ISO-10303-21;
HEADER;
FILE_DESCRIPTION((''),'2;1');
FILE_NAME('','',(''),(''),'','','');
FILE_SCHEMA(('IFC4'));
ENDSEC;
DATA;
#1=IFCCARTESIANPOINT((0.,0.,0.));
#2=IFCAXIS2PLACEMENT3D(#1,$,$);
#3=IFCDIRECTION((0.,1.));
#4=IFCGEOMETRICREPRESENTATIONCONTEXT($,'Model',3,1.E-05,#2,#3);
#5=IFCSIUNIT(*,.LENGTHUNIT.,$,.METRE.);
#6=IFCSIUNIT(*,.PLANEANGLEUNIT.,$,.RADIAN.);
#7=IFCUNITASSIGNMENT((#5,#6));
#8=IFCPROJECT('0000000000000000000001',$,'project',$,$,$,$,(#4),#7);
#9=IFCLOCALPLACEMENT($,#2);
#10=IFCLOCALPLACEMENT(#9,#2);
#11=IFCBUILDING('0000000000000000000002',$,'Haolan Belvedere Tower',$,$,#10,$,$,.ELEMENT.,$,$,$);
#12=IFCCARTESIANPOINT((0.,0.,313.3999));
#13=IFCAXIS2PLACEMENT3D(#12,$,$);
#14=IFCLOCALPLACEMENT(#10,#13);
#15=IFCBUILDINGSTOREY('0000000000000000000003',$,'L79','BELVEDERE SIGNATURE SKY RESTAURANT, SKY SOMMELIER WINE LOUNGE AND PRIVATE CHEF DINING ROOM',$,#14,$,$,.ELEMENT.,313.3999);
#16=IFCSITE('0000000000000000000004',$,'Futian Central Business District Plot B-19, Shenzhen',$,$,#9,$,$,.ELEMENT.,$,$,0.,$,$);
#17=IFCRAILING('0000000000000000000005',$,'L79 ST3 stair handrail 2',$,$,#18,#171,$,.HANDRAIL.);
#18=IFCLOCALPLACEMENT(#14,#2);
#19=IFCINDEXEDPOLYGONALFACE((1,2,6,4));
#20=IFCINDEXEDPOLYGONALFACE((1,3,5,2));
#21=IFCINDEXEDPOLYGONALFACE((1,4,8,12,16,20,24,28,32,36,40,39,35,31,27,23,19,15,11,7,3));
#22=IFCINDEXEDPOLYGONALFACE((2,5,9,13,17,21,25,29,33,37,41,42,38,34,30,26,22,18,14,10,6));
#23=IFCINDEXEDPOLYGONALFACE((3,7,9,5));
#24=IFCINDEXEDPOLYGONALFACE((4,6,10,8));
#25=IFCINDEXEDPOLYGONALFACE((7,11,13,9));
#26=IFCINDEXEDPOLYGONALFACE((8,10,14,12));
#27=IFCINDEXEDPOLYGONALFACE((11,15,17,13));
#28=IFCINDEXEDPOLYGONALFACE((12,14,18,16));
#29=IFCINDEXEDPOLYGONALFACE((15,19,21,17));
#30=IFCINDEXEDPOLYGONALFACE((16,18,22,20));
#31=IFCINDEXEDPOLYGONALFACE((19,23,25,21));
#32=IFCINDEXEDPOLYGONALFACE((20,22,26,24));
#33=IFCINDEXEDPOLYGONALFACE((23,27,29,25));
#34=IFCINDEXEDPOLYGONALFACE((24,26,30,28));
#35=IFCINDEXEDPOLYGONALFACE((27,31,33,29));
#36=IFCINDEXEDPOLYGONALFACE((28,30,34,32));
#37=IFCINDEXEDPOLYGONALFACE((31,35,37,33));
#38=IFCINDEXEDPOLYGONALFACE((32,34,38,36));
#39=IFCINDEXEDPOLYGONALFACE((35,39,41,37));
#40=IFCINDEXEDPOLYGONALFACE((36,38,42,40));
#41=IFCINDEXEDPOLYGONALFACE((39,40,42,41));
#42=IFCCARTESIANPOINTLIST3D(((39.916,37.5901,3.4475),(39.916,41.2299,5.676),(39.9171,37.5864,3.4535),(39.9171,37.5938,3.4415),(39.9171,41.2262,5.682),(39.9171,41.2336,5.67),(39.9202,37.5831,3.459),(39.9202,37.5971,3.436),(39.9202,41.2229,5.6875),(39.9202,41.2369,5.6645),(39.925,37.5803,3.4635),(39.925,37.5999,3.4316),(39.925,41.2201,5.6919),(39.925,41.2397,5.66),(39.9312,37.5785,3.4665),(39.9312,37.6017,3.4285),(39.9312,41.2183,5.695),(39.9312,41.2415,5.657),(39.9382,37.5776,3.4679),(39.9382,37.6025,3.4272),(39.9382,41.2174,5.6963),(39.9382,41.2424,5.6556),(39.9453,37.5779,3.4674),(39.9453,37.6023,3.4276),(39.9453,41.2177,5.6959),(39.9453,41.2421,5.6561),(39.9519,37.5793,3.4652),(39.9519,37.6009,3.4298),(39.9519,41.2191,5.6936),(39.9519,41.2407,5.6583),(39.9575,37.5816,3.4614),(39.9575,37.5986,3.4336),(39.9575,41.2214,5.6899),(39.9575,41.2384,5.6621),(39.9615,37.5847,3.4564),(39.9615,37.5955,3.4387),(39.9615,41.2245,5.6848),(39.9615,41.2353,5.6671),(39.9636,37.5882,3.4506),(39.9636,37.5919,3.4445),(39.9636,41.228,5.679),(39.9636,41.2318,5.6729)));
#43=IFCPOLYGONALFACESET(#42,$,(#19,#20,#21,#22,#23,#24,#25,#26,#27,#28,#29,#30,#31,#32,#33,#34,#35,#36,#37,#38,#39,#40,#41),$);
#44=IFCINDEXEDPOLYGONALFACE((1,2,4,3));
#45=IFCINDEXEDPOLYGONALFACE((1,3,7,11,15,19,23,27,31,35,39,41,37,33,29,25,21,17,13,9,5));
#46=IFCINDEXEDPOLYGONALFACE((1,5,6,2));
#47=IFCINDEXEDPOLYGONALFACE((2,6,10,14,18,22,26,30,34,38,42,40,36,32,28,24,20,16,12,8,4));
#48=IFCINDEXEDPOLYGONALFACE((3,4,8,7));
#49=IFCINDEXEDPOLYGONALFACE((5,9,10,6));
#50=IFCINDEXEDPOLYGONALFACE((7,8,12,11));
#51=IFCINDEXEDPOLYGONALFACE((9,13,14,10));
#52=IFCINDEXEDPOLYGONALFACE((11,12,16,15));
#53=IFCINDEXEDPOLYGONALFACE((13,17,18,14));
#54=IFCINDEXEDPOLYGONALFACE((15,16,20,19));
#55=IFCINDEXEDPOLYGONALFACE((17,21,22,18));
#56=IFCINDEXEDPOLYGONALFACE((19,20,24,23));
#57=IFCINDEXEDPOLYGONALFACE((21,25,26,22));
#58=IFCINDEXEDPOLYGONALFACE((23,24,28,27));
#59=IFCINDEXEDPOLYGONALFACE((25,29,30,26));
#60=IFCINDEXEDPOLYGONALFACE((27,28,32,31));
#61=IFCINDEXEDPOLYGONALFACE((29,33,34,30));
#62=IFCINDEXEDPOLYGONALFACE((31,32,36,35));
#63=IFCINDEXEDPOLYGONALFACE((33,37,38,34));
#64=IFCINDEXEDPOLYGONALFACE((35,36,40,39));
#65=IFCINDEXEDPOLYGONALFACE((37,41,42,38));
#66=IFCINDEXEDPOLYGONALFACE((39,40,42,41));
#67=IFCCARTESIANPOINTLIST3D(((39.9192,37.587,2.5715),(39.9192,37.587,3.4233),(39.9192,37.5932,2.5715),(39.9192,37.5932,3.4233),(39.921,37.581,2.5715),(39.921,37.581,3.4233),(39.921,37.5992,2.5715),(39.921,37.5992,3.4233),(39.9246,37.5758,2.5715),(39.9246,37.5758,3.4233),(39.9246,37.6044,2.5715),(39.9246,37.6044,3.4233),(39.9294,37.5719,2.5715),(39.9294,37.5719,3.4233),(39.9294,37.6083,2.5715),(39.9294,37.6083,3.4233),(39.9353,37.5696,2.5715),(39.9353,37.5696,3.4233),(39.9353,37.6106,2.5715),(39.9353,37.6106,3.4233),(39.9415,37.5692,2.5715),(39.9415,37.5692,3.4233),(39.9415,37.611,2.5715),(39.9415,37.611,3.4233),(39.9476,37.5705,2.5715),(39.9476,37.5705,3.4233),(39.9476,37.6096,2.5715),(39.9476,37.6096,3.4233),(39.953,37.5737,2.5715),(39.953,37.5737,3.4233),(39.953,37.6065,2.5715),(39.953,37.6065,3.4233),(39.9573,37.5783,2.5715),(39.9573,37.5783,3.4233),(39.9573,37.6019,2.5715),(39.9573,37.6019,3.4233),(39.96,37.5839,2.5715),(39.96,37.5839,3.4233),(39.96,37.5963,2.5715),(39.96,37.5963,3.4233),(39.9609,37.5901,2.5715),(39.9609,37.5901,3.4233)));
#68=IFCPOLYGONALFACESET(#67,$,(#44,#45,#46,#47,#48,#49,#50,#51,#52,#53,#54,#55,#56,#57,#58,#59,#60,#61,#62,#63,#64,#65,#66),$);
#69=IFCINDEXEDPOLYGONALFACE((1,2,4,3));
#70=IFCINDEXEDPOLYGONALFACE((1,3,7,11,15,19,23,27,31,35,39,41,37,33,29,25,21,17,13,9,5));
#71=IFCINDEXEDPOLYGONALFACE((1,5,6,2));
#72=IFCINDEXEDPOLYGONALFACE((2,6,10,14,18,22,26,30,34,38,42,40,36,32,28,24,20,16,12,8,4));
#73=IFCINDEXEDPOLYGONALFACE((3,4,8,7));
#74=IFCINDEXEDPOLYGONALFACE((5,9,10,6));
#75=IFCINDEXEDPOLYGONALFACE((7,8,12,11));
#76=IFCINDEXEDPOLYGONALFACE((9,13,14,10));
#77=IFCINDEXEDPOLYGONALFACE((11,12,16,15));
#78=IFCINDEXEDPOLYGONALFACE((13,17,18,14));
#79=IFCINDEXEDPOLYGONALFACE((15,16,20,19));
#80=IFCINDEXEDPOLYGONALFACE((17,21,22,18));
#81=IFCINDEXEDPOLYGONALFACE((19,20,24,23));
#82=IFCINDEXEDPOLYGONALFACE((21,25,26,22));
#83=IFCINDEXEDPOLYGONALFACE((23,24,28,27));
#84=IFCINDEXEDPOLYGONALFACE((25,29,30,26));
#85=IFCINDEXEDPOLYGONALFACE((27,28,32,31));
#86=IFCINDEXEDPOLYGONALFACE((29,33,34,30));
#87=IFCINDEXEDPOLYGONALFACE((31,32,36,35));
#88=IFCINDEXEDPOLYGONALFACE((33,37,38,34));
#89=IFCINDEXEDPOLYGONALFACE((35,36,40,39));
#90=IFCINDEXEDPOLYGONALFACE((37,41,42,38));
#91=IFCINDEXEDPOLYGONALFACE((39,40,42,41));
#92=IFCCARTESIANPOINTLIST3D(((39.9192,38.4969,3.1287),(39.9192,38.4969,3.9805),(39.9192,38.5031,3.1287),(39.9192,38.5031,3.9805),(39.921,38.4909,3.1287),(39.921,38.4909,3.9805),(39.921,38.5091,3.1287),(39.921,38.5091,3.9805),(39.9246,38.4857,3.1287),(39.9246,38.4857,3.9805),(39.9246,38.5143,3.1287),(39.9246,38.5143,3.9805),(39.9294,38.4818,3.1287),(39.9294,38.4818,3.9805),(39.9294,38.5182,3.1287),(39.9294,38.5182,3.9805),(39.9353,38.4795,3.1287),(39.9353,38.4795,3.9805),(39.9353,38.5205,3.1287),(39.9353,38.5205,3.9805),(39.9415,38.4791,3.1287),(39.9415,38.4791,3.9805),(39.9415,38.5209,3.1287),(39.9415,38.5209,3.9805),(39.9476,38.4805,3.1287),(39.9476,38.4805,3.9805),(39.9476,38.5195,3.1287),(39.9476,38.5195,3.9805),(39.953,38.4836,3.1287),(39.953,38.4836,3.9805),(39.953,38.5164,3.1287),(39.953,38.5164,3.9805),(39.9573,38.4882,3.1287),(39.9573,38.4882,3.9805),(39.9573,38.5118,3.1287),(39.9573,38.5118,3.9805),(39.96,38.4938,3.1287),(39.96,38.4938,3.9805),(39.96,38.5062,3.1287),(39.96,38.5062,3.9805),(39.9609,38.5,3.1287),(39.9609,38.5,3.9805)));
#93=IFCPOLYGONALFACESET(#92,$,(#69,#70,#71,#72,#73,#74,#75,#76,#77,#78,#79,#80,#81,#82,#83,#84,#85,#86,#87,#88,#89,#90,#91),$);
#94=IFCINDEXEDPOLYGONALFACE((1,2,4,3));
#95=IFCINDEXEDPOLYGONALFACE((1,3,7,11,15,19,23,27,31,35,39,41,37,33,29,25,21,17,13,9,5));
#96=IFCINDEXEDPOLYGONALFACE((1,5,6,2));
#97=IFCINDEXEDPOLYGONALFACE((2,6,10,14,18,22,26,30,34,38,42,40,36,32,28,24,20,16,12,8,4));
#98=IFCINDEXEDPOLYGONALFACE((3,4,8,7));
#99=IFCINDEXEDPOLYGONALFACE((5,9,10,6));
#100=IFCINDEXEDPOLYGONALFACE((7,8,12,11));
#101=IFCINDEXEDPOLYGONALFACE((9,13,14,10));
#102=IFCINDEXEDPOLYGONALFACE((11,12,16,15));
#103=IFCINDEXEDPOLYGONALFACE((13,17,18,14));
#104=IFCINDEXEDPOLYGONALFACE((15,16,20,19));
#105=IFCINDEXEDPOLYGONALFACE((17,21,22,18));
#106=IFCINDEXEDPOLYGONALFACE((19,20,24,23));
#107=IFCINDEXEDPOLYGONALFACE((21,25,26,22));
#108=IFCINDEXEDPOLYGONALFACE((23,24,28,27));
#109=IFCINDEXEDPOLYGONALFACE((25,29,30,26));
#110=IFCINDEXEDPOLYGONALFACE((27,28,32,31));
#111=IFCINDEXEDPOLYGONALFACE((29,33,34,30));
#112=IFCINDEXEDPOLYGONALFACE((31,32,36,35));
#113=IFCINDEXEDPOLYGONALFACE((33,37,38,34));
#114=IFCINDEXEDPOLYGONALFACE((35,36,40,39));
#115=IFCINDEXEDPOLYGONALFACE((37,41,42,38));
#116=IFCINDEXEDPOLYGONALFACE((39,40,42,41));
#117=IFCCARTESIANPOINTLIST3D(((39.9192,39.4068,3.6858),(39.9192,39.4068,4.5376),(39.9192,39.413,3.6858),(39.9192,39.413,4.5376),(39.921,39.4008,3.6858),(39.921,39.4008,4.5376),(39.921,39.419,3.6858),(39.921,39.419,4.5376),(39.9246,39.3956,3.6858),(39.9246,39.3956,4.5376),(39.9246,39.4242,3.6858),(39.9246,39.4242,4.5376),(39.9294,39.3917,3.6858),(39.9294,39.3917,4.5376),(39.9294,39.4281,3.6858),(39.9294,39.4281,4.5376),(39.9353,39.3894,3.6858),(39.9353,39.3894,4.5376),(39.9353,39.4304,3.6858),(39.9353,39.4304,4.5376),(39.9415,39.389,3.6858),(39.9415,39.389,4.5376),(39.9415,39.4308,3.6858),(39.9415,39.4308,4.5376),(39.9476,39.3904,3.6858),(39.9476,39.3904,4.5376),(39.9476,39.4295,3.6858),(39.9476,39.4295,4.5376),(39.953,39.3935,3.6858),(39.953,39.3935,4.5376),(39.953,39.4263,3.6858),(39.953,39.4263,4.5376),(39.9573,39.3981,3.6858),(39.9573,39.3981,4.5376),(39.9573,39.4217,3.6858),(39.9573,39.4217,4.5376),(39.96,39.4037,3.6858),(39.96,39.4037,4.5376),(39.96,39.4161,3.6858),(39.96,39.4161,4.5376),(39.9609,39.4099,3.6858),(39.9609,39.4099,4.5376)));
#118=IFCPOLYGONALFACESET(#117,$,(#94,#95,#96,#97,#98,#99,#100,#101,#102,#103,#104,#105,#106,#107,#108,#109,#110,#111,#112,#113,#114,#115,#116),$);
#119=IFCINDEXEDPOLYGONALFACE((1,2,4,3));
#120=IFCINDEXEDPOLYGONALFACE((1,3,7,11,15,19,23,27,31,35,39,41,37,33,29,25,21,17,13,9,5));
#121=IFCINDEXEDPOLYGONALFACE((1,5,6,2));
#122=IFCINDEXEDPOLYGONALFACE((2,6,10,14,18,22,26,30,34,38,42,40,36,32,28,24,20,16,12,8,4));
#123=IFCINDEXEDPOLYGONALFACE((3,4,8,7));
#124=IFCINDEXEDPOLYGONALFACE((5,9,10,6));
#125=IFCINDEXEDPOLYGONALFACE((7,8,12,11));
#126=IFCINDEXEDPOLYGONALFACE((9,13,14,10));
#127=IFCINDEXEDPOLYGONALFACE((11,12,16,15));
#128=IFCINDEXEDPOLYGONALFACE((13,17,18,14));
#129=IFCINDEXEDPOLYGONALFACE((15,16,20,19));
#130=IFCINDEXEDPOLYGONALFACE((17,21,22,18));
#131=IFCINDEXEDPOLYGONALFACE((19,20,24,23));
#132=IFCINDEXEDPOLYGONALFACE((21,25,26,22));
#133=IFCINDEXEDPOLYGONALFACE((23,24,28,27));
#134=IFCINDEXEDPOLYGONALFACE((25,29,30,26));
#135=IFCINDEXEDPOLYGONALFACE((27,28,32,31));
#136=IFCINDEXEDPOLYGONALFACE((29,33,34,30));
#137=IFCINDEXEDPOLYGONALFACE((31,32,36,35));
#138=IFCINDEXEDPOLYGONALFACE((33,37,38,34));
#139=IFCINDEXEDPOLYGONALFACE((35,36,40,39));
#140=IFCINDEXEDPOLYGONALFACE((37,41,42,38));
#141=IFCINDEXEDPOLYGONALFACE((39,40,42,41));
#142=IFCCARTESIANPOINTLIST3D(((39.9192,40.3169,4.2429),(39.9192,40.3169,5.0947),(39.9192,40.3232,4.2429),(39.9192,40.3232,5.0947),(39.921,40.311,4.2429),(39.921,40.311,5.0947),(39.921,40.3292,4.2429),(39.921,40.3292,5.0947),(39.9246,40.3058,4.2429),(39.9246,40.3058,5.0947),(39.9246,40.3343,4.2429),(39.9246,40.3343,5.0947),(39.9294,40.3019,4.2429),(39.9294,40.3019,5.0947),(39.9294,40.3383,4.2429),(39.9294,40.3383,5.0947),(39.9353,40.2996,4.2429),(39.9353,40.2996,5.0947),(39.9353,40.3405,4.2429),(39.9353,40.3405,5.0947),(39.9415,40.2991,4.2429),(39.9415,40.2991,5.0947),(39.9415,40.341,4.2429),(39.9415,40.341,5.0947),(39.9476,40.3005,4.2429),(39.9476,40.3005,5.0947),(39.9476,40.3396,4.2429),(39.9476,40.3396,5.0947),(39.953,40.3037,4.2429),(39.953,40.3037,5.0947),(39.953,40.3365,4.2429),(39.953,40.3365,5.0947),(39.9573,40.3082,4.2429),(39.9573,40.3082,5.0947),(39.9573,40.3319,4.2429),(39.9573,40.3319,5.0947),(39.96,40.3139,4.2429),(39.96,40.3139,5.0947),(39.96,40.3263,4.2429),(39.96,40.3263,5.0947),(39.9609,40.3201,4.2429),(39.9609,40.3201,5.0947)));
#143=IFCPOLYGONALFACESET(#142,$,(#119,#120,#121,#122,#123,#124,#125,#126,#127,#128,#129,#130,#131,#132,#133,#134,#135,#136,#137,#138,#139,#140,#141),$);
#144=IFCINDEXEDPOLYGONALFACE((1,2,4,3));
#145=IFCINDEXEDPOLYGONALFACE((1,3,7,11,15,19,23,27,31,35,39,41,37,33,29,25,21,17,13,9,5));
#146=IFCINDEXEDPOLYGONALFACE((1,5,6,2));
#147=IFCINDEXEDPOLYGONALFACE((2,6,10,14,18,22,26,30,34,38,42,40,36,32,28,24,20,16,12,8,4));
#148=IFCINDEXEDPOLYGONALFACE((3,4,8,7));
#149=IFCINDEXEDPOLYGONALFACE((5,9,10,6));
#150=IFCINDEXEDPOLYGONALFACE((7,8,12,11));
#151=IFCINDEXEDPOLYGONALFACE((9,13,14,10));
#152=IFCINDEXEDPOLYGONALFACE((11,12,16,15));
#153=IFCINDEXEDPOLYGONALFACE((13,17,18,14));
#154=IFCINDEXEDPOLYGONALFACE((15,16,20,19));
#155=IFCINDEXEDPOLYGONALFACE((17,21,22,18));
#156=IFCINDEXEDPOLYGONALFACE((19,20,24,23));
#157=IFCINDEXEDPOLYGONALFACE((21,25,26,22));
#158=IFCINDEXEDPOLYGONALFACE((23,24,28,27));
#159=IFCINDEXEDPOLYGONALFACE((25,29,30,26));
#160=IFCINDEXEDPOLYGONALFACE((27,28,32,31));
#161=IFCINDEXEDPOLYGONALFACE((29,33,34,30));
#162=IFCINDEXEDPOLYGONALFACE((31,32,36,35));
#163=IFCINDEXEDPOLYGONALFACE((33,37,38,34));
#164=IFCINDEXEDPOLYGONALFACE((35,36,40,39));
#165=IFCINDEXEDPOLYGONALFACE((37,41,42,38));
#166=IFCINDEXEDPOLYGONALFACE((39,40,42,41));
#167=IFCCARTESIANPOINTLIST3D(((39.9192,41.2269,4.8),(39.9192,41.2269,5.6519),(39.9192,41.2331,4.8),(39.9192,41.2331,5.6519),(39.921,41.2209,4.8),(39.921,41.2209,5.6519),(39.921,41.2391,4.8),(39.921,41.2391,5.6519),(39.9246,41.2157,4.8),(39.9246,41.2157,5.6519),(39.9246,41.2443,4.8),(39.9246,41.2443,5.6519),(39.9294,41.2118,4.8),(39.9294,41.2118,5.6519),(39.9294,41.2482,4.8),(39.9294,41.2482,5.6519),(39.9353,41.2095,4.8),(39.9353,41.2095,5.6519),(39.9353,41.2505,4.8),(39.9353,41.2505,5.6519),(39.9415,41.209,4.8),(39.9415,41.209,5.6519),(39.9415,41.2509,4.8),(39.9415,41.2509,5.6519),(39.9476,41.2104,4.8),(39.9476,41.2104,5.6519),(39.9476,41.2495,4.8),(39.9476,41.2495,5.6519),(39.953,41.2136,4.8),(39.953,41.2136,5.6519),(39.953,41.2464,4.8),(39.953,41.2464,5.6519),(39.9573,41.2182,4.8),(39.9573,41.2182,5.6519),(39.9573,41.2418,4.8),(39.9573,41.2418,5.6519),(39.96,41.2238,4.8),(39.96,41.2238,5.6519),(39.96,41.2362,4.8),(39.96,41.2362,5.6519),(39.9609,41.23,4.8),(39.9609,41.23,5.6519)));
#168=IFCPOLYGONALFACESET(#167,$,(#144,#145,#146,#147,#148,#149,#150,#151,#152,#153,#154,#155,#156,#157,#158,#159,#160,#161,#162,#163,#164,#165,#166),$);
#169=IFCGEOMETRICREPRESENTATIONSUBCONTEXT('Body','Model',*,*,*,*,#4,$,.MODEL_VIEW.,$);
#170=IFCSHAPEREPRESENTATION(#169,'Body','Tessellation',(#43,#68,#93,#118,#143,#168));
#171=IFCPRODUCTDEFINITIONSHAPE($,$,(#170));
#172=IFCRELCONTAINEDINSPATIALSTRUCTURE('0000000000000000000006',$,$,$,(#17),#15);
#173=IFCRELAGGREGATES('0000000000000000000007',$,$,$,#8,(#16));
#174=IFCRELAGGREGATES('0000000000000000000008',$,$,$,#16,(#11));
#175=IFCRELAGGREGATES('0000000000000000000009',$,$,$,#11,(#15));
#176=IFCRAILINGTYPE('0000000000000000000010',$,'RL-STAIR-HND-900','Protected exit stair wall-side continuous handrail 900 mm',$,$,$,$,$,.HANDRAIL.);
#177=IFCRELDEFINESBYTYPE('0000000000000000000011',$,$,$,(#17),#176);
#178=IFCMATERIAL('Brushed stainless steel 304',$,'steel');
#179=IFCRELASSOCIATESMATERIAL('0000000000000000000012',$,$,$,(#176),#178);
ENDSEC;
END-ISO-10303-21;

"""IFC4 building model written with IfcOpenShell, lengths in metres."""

from ifc_helpers import new_model, si_unit, direction, frame, origin, origin_2d, place, context, subcontext, project, spatial, circle, extrude, material, type_object, element, save


model = new_model("IFC4")

# Units and contexts
model_context = context("Model", 3, precision=1e-05, world=origin(), true_north=direction((0.0, 1.0)))
body_context = subcontext(model_context, "Body", "Model", "MODEL_VIEW")
ifc_project = project(units=[si_unit("LENGTHUNIT", "METRE"), si_unit("PLANEANGLEUNIT", "RADIAN")], contexts=[model_context])

# Site, building, storey
site_placement = place(None, origin())
site = spatial("IfcSite", under=ifc_project, at=site_placement, Name="Futian Central Business District Plot B-19, Shenzhen", CompositionType="ELEMENT", RefElevation=0.0)
building_placement = place(site_placement, origin())
building = spatial("IfcBuilding", under=site, at=building_placement, Name="Haolan Belvedere Tower", CompositionType="ELEMENT")
storey_placement = place(building_placement, frame((0.0, 0.0, 313.3999)))
storey = spatial("IfcBuildingStorey", under=building, at=storey_placement, Name="L79", Description="BELVEDERE SIGNATURE SKY RESTAURANT, SKY SOMMELIER WINE LOUNGE AND PRIVATE CHEF DINING ROOM", CompositionType="ELEMENT", Elevation=313.3999)

# Railing
ifc_material_1 = material(Name="Brushed stainless steel 304", Category="steel")
railing_type_1 = type_object("IfcRailingType", Name="RL-STAIR-HND-900", Description="Protected exit stair wall-side continuous handrail 900 mm", PredefinedType="HANDRAIL", material=ifc_material_1)
for number, where, name in (
    (1, (39.9399, 37.5901, 2.5715), "L79 ST3 stair handrail 2"),
):
    element("IfcRailing", number, at=place(storey_placement, frame(where)), inside=storey, type_object=railing_type_1, Name=name, PredefinedType="HANDRAIL", context=body_context, shape_type="SweptSolid", body=[
        extrude(circle(Radius=0.0239, at=origin_2d()), frame((0.0, 0.0, 0.876), z_axis=(0.0, 0.85285, 0.522156), x_axis=(-1.0, 0.0, 0.0)), (0.0, 0.0, 1.0), 4.2678),
        extrude(circle(Radius=0.021, at=origin_2d()), origin(), (0.0, 0.0, 1.0), 0.8518),
        extrude(circle(Radius=0.021, at=origin_2d()), frame((0.0, 0.9099, 0.5571)), (0.0, 0.0, 1.0), 0.8518),
        extrude(circle(Radius=0.021, at=origin_2d()), frame((0.0, 1.8198, 1.1143)), (0.0, 0.0, 1.0), 0.8518),
        extrude(circle(Radius=0.021, at=origin_2d()), frame((0.0, 2.73, 1.6714)), (0.0, 0.0, 1.0), 0.8518),
        extrude(circle(Radius=0.021, at=origin_2d()), frame((0.0, 3.6399, 2.2285)), (0.0, 0.0, 1.0), 0.8518),
    ])

save(model, "model.ifc")
